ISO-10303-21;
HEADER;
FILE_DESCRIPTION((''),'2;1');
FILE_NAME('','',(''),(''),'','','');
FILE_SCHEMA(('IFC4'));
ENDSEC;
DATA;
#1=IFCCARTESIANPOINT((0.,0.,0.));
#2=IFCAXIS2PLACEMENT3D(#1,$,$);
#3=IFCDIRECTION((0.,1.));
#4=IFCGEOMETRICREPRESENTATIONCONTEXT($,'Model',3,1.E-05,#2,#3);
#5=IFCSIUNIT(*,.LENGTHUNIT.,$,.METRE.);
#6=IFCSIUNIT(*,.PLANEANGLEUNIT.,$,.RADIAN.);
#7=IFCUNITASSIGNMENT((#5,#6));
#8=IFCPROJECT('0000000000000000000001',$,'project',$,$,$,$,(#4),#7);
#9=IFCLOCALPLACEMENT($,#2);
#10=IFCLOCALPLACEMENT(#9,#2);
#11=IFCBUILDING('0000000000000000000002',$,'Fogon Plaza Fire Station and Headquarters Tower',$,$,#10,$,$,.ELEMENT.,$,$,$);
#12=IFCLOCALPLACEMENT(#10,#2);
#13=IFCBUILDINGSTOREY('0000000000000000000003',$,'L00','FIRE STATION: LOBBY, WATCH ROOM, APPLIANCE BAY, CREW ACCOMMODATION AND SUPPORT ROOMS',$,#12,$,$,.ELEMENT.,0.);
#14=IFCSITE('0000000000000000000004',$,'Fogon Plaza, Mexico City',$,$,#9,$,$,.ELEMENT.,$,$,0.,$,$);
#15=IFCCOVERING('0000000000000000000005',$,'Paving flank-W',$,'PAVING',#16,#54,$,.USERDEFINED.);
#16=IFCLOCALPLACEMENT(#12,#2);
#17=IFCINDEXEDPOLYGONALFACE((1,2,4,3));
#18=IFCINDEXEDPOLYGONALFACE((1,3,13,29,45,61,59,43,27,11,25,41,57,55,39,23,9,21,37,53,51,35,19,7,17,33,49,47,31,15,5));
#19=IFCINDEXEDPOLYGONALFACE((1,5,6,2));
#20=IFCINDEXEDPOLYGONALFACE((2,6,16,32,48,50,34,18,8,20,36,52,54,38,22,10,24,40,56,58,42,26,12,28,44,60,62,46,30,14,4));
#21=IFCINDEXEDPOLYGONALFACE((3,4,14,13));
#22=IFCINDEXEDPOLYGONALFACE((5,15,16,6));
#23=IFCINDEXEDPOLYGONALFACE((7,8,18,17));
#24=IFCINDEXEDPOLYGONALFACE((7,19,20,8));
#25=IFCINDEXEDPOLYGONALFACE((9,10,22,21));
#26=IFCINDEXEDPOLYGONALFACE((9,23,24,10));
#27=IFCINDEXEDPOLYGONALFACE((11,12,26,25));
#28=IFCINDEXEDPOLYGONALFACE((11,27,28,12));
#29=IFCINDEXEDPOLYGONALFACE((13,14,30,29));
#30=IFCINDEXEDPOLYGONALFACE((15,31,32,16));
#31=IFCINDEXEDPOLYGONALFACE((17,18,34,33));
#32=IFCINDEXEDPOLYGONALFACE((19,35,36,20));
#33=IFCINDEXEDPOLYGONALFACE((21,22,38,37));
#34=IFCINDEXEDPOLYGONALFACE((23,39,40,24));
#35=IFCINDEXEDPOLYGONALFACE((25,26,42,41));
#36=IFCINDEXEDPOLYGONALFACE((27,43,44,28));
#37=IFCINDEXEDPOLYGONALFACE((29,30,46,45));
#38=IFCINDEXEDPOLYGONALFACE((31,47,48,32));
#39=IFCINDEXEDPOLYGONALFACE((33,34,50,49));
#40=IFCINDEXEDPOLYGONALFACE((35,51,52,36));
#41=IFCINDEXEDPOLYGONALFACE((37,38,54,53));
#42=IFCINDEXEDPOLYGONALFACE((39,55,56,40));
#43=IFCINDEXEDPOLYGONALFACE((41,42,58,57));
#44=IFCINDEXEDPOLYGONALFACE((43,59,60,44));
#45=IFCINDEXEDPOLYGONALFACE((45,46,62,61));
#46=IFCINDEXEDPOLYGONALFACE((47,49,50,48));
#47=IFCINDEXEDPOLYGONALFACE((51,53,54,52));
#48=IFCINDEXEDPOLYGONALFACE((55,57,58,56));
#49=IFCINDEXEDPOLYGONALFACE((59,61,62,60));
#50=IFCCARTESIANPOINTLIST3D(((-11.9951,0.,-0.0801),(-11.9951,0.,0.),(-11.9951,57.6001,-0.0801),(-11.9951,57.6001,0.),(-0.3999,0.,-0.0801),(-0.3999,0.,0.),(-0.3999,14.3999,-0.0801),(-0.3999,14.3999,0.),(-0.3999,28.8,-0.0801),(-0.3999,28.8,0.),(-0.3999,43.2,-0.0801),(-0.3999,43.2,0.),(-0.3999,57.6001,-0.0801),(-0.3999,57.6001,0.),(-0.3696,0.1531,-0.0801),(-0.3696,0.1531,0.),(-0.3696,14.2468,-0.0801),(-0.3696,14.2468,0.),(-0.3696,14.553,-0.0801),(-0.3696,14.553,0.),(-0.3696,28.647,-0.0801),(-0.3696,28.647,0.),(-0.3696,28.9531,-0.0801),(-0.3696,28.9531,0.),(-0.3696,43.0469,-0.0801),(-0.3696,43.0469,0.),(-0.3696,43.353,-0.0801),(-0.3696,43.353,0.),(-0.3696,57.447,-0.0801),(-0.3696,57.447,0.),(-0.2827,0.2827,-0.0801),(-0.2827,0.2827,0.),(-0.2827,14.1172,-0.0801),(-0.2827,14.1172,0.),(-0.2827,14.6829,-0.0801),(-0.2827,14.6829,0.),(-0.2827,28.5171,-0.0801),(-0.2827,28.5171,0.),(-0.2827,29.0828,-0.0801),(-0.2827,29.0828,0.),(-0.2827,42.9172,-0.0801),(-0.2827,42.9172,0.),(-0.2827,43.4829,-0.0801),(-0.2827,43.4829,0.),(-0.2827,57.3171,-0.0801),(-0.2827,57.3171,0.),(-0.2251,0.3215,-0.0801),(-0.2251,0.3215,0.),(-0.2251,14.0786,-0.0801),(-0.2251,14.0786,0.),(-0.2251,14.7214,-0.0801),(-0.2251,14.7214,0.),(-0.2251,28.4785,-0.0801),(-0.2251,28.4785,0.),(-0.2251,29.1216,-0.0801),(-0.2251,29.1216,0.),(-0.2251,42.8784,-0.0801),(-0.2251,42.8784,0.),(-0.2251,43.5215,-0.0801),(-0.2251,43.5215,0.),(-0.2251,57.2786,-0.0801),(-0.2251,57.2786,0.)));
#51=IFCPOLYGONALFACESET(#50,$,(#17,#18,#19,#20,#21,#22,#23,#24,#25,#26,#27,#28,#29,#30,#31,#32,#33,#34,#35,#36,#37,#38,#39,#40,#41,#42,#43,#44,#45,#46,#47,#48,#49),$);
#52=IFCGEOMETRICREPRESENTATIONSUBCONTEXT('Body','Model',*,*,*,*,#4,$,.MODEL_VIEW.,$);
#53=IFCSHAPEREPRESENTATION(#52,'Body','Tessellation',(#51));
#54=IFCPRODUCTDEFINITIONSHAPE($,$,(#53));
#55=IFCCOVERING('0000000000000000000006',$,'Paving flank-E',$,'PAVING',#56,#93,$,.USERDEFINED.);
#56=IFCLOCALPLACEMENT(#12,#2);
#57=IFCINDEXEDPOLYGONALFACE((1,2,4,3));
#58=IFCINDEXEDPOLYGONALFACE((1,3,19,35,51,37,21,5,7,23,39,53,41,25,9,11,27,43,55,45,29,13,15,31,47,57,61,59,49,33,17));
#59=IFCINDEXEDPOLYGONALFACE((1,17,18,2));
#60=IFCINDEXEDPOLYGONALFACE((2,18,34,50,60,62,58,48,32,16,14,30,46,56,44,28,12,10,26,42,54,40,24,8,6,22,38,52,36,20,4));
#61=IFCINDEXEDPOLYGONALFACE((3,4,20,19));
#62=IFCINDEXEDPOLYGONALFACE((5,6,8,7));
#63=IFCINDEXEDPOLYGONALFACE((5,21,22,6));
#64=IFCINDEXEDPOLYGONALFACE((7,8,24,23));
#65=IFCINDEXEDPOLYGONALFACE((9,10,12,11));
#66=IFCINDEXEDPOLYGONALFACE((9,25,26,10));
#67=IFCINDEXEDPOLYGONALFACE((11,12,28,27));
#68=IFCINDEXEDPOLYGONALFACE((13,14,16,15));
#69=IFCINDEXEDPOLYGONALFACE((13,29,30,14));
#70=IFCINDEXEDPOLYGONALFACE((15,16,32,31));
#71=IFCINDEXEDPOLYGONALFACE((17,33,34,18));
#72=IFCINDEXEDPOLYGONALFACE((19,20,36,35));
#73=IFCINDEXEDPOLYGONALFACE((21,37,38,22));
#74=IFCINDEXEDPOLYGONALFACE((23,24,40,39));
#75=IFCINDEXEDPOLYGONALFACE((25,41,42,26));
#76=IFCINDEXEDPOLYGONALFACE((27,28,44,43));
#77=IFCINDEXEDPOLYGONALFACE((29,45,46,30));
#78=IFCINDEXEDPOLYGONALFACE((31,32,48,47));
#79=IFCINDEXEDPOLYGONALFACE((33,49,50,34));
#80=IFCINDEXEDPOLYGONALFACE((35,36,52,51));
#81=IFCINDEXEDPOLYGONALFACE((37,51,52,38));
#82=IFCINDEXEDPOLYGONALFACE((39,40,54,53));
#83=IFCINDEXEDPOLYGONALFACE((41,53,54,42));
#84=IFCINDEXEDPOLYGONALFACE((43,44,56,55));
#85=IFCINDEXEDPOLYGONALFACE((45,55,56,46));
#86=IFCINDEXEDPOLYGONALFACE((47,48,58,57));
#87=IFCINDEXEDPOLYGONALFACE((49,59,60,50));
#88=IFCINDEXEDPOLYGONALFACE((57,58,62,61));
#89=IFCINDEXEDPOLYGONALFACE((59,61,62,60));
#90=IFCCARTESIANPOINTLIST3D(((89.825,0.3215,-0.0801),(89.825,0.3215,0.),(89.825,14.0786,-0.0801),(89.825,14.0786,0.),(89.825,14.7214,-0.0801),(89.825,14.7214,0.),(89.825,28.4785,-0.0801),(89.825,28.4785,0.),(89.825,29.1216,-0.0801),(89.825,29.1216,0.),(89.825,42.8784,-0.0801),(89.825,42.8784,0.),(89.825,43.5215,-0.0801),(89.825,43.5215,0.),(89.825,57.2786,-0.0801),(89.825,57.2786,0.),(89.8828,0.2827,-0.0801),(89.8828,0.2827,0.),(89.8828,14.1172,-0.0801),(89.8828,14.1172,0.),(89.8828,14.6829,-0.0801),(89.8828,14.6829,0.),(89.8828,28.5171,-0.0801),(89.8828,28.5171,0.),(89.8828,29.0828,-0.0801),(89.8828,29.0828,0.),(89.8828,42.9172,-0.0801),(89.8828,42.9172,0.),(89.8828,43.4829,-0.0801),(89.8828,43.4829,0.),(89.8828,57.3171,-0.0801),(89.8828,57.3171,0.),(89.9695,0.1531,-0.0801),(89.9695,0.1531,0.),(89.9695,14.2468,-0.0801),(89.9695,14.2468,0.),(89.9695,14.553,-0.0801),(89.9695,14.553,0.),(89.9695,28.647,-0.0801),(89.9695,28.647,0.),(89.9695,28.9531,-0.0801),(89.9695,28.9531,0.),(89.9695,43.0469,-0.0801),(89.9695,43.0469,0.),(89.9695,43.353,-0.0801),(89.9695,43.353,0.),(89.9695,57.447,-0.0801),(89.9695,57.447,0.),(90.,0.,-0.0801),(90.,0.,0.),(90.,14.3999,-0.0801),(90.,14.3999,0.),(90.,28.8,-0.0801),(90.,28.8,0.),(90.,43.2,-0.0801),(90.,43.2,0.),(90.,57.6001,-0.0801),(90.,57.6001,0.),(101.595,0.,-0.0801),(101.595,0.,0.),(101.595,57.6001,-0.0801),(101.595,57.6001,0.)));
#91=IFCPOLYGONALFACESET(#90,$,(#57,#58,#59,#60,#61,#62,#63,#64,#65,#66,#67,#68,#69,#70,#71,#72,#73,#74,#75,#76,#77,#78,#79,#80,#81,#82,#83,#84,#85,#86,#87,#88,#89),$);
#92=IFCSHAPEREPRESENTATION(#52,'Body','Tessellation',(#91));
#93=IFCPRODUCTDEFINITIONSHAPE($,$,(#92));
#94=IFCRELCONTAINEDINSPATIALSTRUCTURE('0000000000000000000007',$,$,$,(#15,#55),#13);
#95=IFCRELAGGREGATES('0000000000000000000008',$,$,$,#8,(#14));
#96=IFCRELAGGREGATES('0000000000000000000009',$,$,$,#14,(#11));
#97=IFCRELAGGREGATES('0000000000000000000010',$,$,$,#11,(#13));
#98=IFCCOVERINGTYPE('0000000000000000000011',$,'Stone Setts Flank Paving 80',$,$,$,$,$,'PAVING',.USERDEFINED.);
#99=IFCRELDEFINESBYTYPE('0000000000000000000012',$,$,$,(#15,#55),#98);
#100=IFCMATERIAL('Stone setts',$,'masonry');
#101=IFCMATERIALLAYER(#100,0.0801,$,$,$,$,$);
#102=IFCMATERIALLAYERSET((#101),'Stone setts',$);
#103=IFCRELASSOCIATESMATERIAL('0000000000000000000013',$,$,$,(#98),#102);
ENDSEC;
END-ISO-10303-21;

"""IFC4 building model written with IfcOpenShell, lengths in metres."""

from ifc_helpers import new_model, si_unit, direction, frame, origin, place, context, subcontext, project, spatial, polyline, outline, extrude, material, layer, layer_set, type_object, element, save


model = new_model("IFC4")

# Units and contexts
model_context = context("Model", 3, precision=1e-05, world=origin(), true_north=direction((0.0, 1.0)))
body_context = subcontext(model_context, "Body", "Model", "MODEL_VIEW")
ifc_project = project(units=[si_unit("LENGTHUNIT", "METRE"), si_unit("PLANEANGLEUNIT", "RADIAN")], contexts=[model_context])

# Site, building, storey
site_placement = place(None, origin())
site = spatial("IfcSite", under=ifc_project, at=site_placement, Name="Fogon Plaza, Mexico City", CompositionType="ELEMENT", RefElevation=0.0)
building_placement = place(site_placement, origin())
building = spatial("IfcBuilding", under=site, at=building_placement, Name="Fogon Plaza Fire Station and Headquarters Tower", CompositionType="ELEMENT")
storey_placement = place(building_placement, origin())
storey = spatial("IfcBuildingStorey", under=building, at=storey_placement, Name="L00", Description="FIRE STATION: LOBBY, WATCH ROOM, APPLIANCE BAY, CREW ACCOMMODATION AND SUPPORT ROOMS", CompositionType="ELEMENT", Elevation=0.0)

# Coverings
ifc_material_1 = material(Name="Stone setts", Category="masonry")
ifc_layer_1 = layer(ifc_material_1, 0.0801)
ifc_layer_set_1 = layer_set([ifc_layer_1], Name="Stone setts")
covering_type_1 = type_object("IfcCoveringType", Name="Stone Setts Flank Paving 80", ElementType="PAVING", PredefinedType="USERDEFINED", material=ifc_layer_set_1)
covering_1_placement = place(storey_placement, frame((0.0, 0.0, -0.0801)))
element("IfcCovering", 1, at=covering_1_placement, inside=storey, type_object=covering_type_1, Name="Paving flank-W", ObjectType="PAVING", PredefinedType="USERDEFINED", context=body_context, shape_type="SweptSolid", body=[
    extrude(outline(polyline([(-11.9951, 57.6001), (-0.3999, 57.6001), (-0.3696, 57.447), (-0.2827, 57.3171), (-0.2251, 57.2786), (-0.2251, 43.5215), (-0.2827, 43.4829), (-0.3696, 43.353), (-0.3999, 43.2), (-0.3696, 43.0469), (-0.2827, 42.9172), (-0.2251, 42.8784), (-0.2251, 29.1216), (-0.2827, 29.0828), (-0.3696, 28.9531), (-0.3999, 28.8), (-0.3696, 28.647), (-0.2827, 28.5171), (-0.2251, 28.4785), (-0.2251, 14.7214), (-0.2827, 14.6829), (-0.3696, 14.553), (-0.3999, 14.3999), (-0.3696, 14.2468), (-0.2827, 14.1172), (-0.2251, 14.0786), (-0.2251, 0.3215), (-0.2827, 0.2827), (-0.3696, 0.1531), (-0.3999, 0.0), (-0.3999, 0.0), (-11.9951, 0.0), (-11.9951, 57.6001)])), origin(), (0.0, 0.0, 1.0), 0.0801),
])
covering_2_placement = place(storey_placement, frame((0.0, 0.0, -0.0801)))
element("IfcCovering", 2, at=covering_2_placement, inside=storey, type_object=covering_type_1, Name="Paving flank-E", ObjectType="PAVING", PredefinedType="USERDEFINED", context=body_context, shape_type="SweptSolid", body=[
    extrude(outline(polyline([(101.595, 0.0), (90.0, 0.0), (89.9695, 0.1531), (89.8828, 0.2827), (89.825, 0.3215), (89.825, 14.0786), (89.8828, 14.1172), (89.9695, 14.2468), (90.0, 14.3999), (89.9695, 14.553), (89.8828, 14.6829), (89.825, 14.7214), (89.825, 28.4785), (89.8828, 28.5171), (89.9695, 28.647), (90.0, 28.8), (89.9695, 28.9531), (89.8828, 29.0828), (89.825, 29.1216), (89.825, 42.8784), (89.8828, 42.9172), (89.9695, 43.0469), (90.0, 43.2), (89.9695, 43.353), (89.8828, 43.4829), (89.825, 43.5215), (89.825, 57.2786), (89.8828, 57.3171), (89.9695, 57.447), (90.0, 57.6001), (101.595, 57.6001), (101.595, 0.0)])), origin(), (0.0, 0.0, 1.0), 0.0801),
])

save(model, "model.ifc")
